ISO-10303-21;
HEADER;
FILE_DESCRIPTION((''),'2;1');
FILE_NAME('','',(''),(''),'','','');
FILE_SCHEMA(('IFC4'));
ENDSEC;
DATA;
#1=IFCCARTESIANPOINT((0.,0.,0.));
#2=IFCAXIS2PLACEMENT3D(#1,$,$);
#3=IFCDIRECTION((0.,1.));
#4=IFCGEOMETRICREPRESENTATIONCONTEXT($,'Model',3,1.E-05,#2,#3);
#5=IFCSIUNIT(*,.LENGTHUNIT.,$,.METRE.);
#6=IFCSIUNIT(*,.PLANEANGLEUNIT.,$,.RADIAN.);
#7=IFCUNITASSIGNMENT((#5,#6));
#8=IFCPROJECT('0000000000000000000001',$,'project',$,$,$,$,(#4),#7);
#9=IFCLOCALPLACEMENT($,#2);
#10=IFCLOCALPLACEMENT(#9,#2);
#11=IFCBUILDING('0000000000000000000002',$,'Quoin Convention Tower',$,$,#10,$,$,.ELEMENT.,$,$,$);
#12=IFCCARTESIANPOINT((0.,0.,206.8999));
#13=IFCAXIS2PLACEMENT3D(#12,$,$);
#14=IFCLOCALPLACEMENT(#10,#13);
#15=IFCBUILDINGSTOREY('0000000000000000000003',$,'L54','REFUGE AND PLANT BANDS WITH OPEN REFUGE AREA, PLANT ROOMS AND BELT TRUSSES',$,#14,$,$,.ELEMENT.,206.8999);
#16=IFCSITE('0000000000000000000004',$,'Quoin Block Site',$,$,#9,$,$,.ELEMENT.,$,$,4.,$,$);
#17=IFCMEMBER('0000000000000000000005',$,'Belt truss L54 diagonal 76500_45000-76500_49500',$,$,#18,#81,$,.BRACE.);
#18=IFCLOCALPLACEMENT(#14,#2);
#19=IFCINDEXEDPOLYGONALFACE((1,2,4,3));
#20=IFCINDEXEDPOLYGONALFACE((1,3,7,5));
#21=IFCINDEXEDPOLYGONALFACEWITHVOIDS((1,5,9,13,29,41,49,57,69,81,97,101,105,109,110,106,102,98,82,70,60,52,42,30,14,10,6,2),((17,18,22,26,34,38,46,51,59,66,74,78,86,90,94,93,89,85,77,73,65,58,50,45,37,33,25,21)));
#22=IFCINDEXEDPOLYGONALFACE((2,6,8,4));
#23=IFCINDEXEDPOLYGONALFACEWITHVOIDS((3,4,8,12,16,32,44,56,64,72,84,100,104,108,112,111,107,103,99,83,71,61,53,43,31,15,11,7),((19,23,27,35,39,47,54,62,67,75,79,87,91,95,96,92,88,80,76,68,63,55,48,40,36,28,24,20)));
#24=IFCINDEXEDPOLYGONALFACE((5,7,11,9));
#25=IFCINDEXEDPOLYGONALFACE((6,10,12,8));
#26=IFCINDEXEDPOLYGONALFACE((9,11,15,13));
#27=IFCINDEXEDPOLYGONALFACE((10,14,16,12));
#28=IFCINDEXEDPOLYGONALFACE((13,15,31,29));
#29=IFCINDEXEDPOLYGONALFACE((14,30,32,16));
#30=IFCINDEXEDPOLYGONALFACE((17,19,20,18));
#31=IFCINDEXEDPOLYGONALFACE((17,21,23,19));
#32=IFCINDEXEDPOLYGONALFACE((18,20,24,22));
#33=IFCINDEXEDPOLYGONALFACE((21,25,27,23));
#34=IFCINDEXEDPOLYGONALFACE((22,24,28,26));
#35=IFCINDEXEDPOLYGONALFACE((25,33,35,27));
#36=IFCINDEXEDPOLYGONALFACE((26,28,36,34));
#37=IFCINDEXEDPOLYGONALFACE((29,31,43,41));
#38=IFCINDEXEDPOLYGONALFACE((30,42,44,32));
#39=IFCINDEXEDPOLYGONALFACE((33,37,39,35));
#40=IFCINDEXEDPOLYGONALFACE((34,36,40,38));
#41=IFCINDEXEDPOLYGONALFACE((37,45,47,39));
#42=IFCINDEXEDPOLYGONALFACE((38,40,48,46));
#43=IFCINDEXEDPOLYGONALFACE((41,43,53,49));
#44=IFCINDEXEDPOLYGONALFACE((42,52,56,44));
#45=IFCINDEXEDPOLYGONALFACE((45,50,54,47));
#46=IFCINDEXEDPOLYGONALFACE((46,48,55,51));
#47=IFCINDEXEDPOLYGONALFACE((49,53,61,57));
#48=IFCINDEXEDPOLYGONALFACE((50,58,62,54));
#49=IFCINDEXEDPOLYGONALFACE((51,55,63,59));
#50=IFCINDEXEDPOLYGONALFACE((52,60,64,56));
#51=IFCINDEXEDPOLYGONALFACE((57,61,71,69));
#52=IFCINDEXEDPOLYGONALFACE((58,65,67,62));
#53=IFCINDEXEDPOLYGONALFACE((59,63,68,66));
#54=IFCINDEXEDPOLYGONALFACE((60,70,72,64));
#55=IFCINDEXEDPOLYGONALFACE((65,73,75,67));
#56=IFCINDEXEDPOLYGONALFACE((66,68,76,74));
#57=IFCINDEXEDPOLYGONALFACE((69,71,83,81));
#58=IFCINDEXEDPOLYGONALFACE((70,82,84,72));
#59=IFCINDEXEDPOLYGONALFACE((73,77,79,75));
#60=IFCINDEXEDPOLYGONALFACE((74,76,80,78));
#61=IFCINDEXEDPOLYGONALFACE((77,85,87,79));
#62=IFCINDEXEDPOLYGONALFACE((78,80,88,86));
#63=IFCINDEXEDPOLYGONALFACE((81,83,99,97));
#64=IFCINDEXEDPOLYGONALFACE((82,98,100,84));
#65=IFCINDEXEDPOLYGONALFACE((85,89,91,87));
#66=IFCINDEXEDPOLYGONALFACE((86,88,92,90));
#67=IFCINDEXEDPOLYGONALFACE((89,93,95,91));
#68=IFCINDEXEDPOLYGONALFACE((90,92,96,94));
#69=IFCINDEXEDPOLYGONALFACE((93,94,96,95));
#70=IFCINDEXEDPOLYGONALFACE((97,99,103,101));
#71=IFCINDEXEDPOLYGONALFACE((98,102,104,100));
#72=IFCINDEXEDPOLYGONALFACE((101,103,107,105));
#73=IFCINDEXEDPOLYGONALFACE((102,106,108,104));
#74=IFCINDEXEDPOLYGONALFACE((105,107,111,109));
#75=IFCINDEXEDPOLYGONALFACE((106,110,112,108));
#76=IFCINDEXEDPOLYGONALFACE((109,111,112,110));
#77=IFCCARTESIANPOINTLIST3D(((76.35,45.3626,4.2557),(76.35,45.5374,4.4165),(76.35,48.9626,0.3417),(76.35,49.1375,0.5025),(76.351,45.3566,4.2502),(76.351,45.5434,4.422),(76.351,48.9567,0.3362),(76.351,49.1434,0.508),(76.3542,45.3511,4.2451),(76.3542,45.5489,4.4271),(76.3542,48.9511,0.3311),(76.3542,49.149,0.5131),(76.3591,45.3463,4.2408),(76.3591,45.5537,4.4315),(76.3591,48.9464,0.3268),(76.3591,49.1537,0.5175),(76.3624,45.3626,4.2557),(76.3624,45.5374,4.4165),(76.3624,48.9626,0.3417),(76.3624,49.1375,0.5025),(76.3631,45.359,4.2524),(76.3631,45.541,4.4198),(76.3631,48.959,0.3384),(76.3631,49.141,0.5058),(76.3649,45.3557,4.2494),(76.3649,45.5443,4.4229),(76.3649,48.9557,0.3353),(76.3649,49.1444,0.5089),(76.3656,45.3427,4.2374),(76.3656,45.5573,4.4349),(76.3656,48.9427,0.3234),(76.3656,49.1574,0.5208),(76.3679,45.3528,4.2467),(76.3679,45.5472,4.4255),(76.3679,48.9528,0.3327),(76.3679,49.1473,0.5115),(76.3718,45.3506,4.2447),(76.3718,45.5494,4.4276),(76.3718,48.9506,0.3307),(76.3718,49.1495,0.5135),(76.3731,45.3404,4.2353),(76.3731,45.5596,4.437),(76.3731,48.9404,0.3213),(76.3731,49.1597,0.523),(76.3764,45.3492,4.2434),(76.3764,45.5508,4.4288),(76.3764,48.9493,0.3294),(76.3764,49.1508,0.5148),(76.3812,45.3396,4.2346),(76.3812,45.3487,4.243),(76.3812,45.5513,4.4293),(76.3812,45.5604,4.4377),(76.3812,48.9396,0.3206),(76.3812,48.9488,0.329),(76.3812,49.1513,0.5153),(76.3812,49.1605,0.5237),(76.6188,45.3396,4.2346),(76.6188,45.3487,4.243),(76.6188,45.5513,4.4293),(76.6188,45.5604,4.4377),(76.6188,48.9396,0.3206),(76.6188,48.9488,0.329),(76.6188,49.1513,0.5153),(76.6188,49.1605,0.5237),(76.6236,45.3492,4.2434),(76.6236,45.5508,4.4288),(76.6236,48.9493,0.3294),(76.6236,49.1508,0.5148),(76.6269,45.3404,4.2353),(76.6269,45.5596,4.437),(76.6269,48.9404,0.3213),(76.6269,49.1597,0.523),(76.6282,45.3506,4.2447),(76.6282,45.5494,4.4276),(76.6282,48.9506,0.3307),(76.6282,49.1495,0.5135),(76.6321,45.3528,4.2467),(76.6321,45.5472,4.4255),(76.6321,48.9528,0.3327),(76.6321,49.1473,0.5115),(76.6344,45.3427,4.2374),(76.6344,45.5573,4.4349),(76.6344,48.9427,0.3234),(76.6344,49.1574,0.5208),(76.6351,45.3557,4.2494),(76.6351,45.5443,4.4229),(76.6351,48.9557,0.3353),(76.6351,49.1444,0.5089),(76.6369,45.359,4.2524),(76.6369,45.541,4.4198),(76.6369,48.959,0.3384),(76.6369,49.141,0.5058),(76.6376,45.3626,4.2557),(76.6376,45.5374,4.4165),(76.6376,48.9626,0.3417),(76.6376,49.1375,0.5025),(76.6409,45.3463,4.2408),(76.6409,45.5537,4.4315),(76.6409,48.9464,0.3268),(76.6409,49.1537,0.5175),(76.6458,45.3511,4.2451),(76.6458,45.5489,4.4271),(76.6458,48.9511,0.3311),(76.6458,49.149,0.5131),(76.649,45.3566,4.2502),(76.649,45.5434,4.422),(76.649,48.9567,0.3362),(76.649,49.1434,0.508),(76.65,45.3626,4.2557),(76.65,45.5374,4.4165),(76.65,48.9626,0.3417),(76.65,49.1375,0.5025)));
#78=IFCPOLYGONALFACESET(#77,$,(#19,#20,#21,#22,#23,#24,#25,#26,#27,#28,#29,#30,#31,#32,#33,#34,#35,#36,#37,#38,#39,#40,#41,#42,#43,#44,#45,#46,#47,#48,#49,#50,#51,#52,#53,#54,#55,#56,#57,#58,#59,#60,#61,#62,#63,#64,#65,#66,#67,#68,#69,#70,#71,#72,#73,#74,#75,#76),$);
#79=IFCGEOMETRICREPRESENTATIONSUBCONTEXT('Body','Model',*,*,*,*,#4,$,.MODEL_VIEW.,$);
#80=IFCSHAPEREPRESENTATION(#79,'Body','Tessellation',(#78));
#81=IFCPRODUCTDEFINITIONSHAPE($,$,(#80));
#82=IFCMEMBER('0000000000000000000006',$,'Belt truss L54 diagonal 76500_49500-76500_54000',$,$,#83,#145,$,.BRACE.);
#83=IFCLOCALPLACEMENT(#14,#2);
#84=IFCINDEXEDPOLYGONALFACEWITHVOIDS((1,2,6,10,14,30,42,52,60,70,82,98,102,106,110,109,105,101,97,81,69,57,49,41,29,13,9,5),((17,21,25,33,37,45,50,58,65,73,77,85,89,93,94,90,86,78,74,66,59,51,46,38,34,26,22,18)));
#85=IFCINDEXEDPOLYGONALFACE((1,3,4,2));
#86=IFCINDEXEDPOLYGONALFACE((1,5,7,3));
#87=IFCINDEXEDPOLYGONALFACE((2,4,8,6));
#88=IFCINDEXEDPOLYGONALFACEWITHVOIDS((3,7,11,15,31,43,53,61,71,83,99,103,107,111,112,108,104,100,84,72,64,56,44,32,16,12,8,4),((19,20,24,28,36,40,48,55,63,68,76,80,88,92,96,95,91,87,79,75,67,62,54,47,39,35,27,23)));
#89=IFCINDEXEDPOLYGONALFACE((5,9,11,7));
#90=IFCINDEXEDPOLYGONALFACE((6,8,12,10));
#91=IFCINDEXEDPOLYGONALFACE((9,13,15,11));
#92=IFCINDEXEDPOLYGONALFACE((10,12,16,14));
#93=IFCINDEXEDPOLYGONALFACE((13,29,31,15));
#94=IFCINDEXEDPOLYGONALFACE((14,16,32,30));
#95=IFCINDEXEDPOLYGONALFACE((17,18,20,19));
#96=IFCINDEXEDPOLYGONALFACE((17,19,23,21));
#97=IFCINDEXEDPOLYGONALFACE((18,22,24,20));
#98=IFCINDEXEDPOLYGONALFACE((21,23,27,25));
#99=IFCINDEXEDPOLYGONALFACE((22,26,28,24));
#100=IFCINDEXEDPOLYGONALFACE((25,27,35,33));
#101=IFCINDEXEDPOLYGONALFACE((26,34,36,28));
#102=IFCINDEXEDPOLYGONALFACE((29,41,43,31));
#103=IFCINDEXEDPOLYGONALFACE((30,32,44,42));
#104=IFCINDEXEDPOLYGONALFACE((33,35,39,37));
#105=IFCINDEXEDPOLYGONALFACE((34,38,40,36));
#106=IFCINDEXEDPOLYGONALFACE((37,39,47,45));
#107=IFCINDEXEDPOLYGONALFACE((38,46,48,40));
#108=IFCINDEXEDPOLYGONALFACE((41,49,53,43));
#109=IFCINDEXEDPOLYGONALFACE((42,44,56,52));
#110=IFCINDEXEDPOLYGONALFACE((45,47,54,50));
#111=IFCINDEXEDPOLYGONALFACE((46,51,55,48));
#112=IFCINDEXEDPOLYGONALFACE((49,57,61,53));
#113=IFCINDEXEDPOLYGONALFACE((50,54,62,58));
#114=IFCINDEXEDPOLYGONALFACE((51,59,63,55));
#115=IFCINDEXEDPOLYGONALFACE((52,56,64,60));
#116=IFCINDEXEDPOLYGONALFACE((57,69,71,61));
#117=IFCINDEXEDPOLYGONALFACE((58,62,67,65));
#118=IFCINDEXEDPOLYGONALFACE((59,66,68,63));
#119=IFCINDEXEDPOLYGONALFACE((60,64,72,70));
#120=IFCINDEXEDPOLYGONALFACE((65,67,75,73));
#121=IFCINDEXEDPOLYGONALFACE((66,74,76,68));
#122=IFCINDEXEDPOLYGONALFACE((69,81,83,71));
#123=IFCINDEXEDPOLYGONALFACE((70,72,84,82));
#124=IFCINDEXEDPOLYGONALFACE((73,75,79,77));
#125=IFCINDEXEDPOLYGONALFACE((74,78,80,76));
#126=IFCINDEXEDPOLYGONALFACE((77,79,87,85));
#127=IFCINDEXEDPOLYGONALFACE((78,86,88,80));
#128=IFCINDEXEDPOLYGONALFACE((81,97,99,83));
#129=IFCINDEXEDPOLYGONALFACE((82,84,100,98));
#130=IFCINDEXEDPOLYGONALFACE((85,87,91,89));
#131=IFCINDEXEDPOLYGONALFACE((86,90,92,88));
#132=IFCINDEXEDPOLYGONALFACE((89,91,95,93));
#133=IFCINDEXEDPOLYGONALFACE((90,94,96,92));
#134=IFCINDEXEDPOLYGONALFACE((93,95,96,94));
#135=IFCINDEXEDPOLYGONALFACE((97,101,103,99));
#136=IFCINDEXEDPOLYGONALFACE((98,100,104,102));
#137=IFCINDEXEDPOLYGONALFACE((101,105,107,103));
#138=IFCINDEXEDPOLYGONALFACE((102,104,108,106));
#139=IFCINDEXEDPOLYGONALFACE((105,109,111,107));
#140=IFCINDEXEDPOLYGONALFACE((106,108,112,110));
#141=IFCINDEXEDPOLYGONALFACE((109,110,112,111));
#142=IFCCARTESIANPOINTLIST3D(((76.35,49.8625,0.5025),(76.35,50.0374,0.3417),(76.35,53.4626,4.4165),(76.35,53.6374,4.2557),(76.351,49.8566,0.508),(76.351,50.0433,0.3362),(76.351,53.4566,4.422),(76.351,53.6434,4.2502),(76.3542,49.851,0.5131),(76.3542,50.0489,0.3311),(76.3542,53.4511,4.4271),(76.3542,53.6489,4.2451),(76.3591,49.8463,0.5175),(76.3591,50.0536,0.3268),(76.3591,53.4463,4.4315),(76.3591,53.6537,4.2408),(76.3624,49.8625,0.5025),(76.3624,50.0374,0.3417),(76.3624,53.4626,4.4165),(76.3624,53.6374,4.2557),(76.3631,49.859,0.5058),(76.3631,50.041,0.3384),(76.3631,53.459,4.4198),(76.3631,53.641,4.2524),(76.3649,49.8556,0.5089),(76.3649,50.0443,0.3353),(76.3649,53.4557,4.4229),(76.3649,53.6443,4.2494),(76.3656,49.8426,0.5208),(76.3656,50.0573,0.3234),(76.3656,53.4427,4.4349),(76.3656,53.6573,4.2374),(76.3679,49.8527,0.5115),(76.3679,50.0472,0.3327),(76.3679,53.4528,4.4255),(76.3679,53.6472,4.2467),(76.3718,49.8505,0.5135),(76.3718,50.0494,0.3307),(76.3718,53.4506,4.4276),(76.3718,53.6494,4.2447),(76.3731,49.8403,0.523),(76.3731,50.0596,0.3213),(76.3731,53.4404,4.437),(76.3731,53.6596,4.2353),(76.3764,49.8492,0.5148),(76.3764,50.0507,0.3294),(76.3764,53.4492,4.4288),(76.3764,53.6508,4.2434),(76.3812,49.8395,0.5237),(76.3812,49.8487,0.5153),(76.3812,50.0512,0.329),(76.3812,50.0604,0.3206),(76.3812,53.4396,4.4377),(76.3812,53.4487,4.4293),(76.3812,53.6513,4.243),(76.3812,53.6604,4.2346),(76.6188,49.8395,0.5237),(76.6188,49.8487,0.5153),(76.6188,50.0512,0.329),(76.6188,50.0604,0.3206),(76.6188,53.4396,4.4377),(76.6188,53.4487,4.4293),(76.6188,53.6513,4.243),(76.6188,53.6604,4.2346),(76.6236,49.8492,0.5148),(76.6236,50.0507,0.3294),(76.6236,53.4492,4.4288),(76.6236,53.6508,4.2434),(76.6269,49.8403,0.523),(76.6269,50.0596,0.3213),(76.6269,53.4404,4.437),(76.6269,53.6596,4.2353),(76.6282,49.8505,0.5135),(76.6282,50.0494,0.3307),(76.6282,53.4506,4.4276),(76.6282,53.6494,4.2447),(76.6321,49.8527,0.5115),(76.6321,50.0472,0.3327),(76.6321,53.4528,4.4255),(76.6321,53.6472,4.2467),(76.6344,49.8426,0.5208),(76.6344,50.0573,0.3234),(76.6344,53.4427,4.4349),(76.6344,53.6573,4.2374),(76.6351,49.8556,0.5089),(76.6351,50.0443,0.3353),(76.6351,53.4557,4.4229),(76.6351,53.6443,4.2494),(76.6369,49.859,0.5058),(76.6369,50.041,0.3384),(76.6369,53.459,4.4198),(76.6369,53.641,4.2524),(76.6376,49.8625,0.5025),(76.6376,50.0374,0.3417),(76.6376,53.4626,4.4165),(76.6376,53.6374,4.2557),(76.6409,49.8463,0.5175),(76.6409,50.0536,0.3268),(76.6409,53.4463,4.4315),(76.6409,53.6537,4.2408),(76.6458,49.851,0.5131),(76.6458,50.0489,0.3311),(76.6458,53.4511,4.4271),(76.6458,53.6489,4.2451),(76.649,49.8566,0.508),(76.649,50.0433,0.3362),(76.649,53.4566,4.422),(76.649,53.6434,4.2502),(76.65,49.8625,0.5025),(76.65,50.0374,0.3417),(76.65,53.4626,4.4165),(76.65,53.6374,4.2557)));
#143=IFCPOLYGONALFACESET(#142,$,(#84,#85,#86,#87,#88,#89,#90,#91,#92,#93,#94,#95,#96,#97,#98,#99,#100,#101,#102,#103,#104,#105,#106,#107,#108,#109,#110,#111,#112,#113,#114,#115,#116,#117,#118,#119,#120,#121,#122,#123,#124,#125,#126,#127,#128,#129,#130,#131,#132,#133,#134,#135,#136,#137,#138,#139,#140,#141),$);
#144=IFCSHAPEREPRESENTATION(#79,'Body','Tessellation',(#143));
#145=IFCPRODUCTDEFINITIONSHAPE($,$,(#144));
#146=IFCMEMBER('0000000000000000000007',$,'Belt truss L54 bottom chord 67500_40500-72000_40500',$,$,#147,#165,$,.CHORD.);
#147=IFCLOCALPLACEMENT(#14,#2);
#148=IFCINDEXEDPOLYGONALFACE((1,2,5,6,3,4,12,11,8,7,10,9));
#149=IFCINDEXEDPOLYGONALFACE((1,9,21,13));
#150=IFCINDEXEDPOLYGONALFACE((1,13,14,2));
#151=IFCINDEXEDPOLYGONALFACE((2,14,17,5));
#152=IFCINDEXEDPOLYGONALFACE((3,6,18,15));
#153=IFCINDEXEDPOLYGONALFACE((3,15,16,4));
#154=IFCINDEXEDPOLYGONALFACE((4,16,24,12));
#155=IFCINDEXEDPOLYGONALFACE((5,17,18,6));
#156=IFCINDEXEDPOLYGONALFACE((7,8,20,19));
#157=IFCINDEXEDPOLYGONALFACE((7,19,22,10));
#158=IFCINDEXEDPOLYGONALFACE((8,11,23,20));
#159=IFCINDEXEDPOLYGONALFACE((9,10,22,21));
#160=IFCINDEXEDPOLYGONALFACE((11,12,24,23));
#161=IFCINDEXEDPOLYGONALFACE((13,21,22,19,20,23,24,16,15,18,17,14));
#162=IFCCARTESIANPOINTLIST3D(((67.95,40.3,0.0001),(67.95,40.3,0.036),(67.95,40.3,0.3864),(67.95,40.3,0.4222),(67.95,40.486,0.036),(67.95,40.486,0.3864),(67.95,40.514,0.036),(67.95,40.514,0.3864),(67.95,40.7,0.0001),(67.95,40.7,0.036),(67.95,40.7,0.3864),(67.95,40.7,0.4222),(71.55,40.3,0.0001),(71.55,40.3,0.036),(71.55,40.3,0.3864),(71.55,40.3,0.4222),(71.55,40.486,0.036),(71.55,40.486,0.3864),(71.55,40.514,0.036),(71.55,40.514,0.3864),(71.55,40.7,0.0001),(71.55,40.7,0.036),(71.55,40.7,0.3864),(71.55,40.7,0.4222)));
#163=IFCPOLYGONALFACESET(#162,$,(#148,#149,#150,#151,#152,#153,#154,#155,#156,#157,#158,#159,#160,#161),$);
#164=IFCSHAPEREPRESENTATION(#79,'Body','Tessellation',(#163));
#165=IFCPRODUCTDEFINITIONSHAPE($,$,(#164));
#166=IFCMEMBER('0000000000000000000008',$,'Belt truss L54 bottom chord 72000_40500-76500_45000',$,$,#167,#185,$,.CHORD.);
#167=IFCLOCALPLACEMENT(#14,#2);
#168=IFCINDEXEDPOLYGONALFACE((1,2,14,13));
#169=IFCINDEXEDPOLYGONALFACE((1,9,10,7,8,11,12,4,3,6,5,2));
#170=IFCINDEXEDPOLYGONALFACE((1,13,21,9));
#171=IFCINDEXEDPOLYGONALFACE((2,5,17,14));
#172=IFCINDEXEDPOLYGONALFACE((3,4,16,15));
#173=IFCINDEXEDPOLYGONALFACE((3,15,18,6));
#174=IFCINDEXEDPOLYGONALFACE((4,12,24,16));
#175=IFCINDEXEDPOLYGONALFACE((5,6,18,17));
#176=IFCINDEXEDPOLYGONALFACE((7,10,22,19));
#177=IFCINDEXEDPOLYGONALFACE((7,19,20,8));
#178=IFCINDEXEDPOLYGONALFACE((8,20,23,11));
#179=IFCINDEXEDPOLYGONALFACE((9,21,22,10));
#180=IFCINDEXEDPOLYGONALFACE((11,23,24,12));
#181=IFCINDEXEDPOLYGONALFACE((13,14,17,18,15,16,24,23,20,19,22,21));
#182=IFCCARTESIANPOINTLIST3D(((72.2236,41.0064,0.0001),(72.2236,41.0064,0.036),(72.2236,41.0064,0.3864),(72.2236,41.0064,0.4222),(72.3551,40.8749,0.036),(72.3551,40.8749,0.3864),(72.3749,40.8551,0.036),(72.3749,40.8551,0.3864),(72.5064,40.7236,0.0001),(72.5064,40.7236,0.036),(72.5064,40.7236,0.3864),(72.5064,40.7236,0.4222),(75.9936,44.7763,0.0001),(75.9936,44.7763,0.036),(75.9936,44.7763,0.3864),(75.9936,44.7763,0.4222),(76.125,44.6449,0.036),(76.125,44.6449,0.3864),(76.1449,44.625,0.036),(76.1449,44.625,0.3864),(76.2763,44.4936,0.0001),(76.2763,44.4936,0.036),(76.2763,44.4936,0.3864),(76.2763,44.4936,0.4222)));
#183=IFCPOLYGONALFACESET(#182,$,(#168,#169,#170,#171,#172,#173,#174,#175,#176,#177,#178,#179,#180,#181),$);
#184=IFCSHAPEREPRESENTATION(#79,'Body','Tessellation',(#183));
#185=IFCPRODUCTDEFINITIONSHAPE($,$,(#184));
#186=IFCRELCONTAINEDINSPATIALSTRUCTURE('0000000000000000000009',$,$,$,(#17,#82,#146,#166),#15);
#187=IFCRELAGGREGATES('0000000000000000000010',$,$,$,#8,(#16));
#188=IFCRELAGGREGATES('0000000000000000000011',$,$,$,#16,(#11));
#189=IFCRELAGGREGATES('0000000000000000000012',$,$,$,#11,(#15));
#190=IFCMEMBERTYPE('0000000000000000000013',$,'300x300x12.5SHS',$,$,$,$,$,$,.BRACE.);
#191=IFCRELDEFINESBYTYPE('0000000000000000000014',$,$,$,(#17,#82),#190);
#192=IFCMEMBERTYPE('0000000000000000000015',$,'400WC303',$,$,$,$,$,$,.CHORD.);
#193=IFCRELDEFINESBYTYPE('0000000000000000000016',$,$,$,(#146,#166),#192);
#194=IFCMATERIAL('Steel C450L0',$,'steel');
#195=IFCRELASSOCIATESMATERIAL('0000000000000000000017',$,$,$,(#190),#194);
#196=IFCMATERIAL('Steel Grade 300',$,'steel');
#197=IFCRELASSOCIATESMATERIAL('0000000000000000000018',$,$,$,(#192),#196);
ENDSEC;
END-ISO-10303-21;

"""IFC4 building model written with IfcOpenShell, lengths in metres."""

from ifc_helpers import new_model, si_unit, direction, frame, origin, origin_2d, place, context, subcontext, project, spatial, hollow_rectangle, i_section, extrude, material, material_profile, profile_set, type_object, element, save


model = new_model("IFC4")

# Units and contexts
model_context = context("Model", 3, precision=1e-05, world=origin(), true_north=direction((0.0, 1.0)))
body_context = subcontext(model_context, "Body", "Model", "MODEL_VIEW")
ifc_project = project(units=[si_unit("LENGTHUNIT", "METRE"), si_unit("PLANEANGLEUNIT", "RADIAN")], contexts=[model_context])

# Site, building, storey
site_placement = place(None, origin())
site = spatial("IfcSite", under=ifc_project, at=site_placement, Name="Quoin Block Site", CompositionType="ELEMENT", RefElevation=4.0)
building_placement = place(site_placement, origin())
building = spatial("IfcBuilding", under=site, at=building_placement, Name="Quoin Convention Tower", CompositionType="ELEMENT")
storey_placement = place(building_placement, frame((0.0, 0.0, 206.8999)))
storey = spatial("IfcBuildingStorey", under=building, at=storey_placement, Name="L54", Description="REFUGE AND PLANT BANDS WITH OPEN REFUGE AREA, PLANT ROOMS AND BELT TRUSSES", CompositionType="ELEMENT", Elevation=206.8999)

# Members
ifc_material_1 = material(Name="Steel C450L0", Category="steel")
ifc_material_profile_1 = material_profile(ifc_material_1, hollow_rectangle(XDim=0.3, YDim=0.3, WallThickness=0.0125, InnerFilletRadius=0.0188, OuterFilletRadius=0.0312, at=origin_2d()), Name="300x300x12.5SHS")
ifc_profile_set_1 = profile_set([ifc_material_profile_1], Name="Steel C450L0")
member_type_1 = type_object("IfcMemberType", Name="300x300x12.5SHS", PredefinedType="BRACE", material=ifc_profile_set_1)
for number, where, z_axis, x_axis, name in (
    (1, (76.5, 49.05, 0.4221), (0.0, -0.676971, 0.73601), (1.0, 0.0, 0.0), "Belt truss L54 diagonal 76500_45000-76500_49500"),
    (2, (76.5, 49.95, 0.4221), (0.0, 0.676971, 0.73601), (-1.0, 0.0, 0.0), "Belt truss L54 diagonal 76500_49500-76500_54000"),
):
    element("IfcMember", number, at=place(storey_placement, frame(where, z_axis=z_axis, x_axis=x_axis)), inside=storey, type_object=member_type_1, Name=name, PredefinedType="BRACE", context=body_context, shape_type="SweptSolid", body=[
        extrude(hollow_rectangle(XDim=0.3, YDim=0.3, WallThickness=0.0125, InnerFilletRadius=0.0188, OuterFilletRadius=0.0312, at=origin_2d()), origin(), (0.0, 0.0, 1.0), 5.3179),
    ])
ifc_material_2 = material(Name="Steel Grade 300", Category="steel")
ifc_material_profile_2 = material_profile(ifc_material_2, i_section(OverallWidth=0.3999, OverallDepth=0.4221, WebThickness=0.0281, FlangeThickness=0.0359, at=origin_2d()), Name="400WC303")
ifc_profile_set_2 = profile_set([ifc_material_profile_2], Name="Steel Grade 300")
member_type_2 = type_object("IfcMemberType", Name="400WC303", PredefinedType="CHORD", material=ifc_profile_set_2)
member_1_placement = place(storey_placement, frame((67.95, 40.5, 0.2112), z_axis=(1.0, 0.0, 0.0), x_axis=(0.0, 1.0, 0.0)))
element("IfcMember", 3, at=member_1_placement, inside=storey, type_object=member_type_2, Name="Belt truss L54 bottom chord 67500_40500-72000_40500", PredefinedType="CHORD", context=body_context, shape_type="SweptSolid", body=[
    extrude(i_section(OverallWidth=0.3999, OverallDepth=0.4221, WebThickness=0.0281, FlangeThickness=0.0359, at=origin_2d()), origin(), (0.0, 0.0, 1.0), 3.6001),
])
member_2_placement = place(storey_placement, frame((72.365, 40.865, 0.2112), z_axis=(0.707107, 0.707107, 0.0), x_axis=(-0.707107, 0.707107, 0.0)))
element("IfcMember", 4, at=member_2_placement, inside=storey, type_object=member_type_2, Name="Belt truss L54 bottom chord 72000_40500-76500_45000", PredefinedType="CHORD", context=body_context, shape_type="SweptSolid", body=[
    extrude(i_section(OverallWidth=0.3999, OverallDepth=0.4221, WebThickness=0.0281, FlangeThickness=0.0359, at=origin_2d()), origin(), (0.0, 0.0, 1.0), 5.3315),
])

save(model, "model.ifc")
